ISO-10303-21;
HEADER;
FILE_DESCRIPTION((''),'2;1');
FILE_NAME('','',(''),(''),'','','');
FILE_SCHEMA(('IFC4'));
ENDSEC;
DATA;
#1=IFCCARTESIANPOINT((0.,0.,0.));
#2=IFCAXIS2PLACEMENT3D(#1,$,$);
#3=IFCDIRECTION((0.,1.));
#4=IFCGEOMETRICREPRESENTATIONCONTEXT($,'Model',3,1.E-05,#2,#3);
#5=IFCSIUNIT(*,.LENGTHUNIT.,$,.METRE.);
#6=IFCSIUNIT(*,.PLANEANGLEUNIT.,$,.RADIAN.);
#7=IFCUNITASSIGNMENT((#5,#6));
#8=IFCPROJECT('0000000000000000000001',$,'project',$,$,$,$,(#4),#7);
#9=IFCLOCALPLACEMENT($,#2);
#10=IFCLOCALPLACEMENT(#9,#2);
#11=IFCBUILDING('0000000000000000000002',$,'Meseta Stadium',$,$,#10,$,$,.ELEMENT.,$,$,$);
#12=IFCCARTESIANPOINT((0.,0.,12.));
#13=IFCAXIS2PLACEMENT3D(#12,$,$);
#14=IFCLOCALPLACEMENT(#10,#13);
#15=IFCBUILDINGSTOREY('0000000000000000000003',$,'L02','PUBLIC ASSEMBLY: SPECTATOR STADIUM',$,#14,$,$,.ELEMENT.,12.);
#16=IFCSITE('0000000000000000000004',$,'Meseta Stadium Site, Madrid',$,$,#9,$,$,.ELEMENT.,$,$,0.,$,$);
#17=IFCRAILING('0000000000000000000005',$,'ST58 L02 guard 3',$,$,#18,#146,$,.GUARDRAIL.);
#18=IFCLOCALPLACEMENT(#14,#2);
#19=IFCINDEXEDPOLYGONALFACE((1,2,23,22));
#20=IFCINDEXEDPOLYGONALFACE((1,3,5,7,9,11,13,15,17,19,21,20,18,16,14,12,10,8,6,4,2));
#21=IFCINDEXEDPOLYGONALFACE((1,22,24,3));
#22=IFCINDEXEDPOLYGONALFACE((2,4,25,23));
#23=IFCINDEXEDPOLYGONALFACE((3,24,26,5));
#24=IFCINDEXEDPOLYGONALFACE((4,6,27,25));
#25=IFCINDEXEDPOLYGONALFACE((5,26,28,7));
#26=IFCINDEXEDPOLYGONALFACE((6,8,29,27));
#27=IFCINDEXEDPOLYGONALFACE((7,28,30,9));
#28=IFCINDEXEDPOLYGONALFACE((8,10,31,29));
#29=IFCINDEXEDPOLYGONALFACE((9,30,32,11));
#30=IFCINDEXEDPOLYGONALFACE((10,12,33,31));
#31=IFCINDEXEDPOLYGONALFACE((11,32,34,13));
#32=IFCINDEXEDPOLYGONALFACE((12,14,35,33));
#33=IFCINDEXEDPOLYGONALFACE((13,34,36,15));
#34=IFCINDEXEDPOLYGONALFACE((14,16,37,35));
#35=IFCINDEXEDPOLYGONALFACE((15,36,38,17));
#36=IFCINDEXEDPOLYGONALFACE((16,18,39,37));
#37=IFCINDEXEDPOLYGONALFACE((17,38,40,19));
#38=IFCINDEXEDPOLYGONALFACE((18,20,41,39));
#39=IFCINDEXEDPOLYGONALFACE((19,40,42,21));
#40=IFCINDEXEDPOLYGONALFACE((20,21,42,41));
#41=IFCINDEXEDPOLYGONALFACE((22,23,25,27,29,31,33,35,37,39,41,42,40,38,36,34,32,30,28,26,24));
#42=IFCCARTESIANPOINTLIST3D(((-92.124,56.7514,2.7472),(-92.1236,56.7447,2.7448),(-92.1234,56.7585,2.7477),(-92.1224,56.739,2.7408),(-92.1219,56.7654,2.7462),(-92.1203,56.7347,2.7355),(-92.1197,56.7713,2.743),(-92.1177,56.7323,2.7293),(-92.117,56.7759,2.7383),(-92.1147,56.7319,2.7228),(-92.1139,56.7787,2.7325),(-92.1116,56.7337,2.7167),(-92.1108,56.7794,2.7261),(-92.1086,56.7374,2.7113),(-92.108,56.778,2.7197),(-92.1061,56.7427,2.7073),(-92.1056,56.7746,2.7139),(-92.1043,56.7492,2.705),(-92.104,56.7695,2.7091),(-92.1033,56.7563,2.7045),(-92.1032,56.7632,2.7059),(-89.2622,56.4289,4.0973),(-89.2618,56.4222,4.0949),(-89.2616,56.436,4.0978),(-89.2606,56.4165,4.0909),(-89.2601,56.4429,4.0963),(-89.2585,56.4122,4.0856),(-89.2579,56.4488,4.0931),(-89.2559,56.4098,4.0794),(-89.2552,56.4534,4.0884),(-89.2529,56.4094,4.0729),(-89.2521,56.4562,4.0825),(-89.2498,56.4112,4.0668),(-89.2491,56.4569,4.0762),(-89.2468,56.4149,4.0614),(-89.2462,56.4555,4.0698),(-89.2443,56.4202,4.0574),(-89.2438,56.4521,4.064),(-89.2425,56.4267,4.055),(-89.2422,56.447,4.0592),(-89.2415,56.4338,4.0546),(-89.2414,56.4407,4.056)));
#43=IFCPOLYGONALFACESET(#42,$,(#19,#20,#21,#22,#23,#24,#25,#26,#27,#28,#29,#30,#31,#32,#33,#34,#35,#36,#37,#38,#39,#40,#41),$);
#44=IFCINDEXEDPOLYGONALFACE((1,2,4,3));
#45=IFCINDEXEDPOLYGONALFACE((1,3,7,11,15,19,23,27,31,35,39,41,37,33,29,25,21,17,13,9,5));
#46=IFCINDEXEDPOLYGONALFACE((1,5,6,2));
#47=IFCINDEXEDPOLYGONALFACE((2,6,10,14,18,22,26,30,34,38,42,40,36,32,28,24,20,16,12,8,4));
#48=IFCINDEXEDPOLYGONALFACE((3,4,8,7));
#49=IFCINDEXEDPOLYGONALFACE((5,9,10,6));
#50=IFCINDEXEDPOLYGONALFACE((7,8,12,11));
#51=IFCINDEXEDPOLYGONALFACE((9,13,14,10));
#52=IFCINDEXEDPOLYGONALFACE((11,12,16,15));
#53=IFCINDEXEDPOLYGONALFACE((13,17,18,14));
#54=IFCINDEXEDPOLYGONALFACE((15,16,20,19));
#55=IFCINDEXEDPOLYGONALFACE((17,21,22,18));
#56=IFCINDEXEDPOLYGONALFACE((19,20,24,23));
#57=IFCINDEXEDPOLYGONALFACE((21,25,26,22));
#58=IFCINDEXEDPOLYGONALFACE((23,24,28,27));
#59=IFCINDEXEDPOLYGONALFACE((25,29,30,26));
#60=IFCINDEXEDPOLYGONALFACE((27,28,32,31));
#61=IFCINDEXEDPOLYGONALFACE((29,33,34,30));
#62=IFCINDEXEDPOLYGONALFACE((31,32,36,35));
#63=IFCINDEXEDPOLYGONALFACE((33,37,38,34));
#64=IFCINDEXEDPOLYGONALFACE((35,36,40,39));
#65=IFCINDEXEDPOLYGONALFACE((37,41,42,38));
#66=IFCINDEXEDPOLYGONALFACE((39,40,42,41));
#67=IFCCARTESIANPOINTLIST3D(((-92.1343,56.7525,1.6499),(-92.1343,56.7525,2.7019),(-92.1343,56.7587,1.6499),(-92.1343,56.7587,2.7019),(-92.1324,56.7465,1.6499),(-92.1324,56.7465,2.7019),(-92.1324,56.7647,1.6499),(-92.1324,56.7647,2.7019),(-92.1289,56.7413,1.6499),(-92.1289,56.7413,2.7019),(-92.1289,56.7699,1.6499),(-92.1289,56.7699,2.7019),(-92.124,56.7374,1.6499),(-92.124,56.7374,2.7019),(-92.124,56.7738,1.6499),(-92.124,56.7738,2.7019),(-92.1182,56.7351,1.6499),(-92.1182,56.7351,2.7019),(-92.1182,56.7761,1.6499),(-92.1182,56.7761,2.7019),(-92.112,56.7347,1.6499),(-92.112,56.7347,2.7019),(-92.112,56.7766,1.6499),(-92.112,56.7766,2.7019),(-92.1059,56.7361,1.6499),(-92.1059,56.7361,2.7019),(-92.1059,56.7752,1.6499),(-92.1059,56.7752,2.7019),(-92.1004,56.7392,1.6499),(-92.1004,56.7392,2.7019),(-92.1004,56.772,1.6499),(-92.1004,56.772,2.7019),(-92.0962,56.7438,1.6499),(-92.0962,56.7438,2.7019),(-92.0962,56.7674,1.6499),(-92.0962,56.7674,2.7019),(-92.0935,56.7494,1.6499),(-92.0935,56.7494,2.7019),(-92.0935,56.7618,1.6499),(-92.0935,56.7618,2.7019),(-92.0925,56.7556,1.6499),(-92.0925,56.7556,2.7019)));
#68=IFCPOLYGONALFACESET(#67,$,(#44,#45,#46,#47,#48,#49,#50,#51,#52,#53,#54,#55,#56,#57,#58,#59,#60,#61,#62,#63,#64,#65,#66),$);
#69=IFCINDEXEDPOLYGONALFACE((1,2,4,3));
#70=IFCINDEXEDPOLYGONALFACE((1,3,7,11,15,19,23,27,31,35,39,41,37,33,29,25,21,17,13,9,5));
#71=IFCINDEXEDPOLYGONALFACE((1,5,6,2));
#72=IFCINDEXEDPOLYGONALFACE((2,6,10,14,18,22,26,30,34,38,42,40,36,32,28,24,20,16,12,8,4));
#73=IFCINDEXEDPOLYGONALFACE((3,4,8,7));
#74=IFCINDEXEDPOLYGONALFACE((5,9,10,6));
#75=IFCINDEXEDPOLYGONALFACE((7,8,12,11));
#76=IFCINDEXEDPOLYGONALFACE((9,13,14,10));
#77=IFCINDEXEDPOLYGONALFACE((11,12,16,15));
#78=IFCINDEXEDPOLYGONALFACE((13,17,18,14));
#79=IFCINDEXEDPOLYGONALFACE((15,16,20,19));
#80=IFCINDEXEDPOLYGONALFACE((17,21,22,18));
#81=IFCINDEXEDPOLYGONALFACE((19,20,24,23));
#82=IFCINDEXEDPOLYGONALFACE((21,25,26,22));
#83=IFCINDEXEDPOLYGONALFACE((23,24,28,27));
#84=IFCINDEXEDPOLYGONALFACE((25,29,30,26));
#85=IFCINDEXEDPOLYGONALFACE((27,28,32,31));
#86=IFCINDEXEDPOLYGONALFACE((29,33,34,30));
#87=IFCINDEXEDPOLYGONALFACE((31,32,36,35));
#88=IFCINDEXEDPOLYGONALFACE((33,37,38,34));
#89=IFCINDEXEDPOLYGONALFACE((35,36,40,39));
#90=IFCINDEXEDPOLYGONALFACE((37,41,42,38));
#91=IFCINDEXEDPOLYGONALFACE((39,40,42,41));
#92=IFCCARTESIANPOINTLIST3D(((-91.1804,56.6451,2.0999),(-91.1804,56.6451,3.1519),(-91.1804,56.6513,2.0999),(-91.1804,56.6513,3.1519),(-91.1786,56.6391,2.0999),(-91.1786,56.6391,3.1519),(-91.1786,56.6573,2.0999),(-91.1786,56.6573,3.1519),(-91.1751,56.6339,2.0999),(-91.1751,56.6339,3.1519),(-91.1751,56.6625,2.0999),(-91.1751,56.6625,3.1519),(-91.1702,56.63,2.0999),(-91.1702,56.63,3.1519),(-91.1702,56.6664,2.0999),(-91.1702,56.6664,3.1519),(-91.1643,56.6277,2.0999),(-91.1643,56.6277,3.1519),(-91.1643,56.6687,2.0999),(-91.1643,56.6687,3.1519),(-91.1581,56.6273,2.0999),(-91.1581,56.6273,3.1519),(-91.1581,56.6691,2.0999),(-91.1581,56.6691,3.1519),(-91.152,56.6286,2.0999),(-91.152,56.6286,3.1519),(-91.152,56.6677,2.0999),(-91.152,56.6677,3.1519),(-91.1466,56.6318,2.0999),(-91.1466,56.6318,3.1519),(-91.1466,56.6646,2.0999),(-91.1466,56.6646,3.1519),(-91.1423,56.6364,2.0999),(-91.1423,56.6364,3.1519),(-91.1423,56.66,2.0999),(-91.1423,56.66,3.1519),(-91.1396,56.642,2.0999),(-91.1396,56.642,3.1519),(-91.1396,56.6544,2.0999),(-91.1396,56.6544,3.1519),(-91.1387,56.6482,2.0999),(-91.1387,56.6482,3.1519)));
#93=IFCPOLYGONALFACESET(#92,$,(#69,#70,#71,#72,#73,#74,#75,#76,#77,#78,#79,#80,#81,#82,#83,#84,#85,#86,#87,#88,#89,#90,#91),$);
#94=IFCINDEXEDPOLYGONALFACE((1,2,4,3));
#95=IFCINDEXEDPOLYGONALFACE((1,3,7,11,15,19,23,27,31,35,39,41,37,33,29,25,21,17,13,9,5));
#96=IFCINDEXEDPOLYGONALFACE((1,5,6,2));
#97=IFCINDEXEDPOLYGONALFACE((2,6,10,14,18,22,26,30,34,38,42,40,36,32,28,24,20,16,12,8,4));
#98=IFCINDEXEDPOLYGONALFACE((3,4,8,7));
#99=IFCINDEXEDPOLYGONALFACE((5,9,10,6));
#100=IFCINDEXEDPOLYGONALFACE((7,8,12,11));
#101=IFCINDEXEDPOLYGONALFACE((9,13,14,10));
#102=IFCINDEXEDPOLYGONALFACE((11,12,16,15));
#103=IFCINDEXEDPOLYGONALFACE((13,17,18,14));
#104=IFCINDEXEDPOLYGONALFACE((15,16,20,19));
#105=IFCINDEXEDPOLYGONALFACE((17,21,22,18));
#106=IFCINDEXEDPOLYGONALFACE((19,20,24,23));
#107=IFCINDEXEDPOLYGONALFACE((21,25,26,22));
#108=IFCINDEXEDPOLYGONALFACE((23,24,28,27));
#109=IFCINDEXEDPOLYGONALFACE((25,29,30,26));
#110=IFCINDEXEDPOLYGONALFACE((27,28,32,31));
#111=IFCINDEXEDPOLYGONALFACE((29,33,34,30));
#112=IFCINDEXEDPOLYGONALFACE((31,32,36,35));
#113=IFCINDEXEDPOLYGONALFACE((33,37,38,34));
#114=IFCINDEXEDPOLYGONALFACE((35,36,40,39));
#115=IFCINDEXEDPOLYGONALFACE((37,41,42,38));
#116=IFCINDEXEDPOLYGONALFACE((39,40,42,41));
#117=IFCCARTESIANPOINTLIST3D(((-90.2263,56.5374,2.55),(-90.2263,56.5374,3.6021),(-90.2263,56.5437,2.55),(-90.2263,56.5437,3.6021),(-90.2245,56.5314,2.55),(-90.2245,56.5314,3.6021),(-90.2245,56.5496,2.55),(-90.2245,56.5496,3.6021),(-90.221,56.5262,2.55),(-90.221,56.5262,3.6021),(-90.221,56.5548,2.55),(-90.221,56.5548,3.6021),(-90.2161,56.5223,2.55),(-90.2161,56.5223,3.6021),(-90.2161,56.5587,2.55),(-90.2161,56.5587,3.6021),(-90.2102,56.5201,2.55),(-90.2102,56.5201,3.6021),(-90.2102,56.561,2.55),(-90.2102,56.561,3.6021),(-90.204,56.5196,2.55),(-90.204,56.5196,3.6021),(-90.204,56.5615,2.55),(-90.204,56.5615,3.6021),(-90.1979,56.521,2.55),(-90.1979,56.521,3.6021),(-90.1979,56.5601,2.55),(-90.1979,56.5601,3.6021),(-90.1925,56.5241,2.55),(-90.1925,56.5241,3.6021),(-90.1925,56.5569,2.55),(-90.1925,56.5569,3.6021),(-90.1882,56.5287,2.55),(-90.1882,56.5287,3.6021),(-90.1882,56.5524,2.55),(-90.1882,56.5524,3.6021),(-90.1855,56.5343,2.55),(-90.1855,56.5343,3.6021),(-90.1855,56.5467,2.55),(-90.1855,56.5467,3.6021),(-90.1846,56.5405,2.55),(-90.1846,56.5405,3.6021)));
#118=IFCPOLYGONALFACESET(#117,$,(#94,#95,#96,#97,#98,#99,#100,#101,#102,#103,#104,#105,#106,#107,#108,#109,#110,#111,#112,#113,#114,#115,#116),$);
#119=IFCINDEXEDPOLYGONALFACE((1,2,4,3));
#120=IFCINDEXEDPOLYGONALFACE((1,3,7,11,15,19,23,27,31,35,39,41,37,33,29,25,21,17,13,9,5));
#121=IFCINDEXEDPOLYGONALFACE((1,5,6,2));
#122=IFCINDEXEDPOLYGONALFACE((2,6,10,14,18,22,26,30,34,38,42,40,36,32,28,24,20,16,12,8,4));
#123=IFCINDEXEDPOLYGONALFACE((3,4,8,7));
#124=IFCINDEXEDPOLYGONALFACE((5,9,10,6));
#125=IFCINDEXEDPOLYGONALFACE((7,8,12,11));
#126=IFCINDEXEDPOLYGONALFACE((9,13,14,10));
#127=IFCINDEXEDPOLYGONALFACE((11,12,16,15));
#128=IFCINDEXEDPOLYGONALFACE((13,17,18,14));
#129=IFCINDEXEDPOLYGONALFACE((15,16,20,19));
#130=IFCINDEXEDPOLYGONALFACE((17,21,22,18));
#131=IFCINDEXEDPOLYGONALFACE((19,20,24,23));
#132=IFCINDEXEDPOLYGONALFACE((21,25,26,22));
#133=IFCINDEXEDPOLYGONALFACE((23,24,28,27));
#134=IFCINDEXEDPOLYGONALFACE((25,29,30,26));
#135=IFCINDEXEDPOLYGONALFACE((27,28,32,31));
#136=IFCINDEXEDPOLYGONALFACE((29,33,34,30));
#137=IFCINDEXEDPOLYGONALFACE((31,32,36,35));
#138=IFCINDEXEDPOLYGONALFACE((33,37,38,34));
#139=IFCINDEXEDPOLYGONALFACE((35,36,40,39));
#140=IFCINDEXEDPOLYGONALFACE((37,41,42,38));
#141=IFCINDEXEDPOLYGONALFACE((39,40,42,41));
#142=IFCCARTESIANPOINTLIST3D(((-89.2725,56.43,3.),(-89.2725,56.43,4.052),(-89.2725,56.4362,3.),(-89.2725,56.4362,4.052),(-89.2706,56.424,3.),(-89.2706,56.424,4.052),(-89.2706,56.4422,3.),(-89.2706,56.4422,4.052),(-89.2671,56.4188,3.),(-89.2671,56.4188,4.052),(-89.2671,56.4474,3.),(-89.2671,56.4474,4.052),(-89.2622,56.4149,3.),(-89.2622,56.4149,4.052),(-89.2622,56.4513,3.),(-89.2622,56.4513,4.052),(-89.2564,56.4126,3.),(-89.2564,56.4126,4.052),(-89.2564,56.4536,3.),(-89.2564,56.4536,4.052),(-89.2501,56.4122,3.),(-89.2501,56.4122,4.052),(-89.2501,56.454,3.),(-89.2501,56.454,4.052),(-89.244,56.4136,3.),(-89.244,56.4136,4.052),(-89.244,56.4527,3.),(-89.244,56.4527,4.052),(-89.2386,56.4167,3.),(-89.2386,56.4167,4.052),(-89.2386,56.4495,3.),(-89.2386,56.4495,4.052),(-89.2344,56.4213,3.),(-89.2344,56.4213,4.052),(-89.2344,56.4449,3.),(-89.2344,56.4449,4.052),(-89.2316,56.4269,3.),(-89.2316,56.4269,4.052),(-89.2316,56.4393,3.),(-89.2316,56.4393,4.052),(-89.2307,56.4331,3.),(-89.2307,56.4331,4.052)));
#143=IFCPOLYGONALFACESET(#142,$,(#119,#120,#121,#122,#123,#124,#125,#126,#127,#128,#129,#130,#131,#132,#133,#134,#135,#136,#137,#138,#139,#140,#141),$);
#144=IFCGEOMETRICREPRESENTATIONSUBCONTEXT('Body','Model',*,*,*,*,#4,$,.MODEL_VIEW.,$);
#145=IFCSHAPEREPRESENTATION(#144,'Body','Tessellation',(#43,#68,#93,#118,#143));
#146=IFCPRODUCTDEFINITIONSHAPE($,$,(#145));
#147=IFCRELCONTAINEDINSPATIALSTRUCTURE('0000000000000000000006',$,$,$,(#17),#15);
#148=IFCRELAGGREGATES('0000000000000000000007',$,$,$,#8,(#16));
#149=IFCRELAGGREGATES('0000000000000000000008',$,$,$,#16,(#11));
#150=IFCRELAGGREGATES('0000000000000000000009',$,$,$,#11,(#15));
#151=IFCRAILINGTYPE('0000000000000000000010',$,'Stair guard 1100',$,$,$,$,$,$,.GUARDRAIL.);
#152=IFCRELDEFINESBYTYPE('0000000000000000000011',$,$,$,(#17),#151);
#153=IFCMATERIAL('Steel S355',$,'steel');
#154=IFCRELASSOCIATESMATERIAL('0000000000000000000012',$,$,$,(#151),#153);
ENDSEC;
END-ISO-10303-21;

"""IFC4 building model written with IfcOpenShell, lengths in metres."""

from ifc_helpers import new_model, si_unit, direction, frame, origin, origin_2d, place, context, subcontext, project, spatial, circle, extrude, material, type_object, element, save


model = new_model("IFC4")

# Units and contexts
model_context = context("Model", 3, precision=1e-05, world=origin(), true_north=direction((0.0, 1.0)))
body_context = subcontext(model_context, "Body", "Model", "MODEL_VIEW")
ifc_project = project(units=[si_unit("LENGTHUNIT", "METRE"), si_unit("PLANEANGLEUNIT", "RADIAN")], contexts=[model_context])

# Site, building, storey
site_placement = place(None, origin())
site = spatial("IfcSite", under=ifc_project, at=site_placement, Name="Meseta Stadium Site, Madrid", CompositionType="ELEMENT", RefElevation=0.0)
building_placement = place(site_placement, origin())
building = spatial("IfcBuilding", under=site, at=building_placement, Name="Meseta Stadium", CompositionType="ELEMENT")
storey_placement = place(building_placement, frame((0.0, 0.0, 12.0)))
storey = spatial("IfcBuildingStorey", under=building, at=storey_placement, Name="L02", Description="PUBLIC ASSEMBLY: SPECTATOR STADIUM", CompositionType="ELEMENT", Elevation=12.0)

# Railing
ifc_material_1 = material(Name="Steel S355", Category="steel")
railing_type_1 = type_object("IfcRailingType", Name="Stair guard 1100", PredefinedType="GUARDRAIL", material=ifc_material_1)
railing_1_placement = place(storey_placement, frame((-92.1135, 56.7556, 1.6499)))
element("IfcRailing", 1, at=railing_1_placement, inside=storey, type_object=railing_type_1, Name="ST58 L02 guard 3", PredefinedType="GUARDRAIL", context=body_context, shape_type="SweptSolid", body=[
    extrude(circle(Radius=0.0239, at=origin_2d()), frame((0.0, 0.0, 1.0762), z_axis=(0.899748, -0.101396, 0.424467), x_axis=(0.111985, 0.99371, 0.0)), (0.0, 0.0, 1.0), 3.1807),
    extrude(circle(Radius=0.021, at=origin_2d()), origin(), (0.0, 0.0, 1.0), 1.052),
    extrude(circle(Radius=0.021, at=origin_2d()), frame((0.9539, -0.1074, 0.45)), (0.0, 0.0, 1.0), 1.052),
    extrude(circle(Radius=0.021, at=origin_2d()), frame((1.908, -0.2151, 0.9001)), (0.0, 0.0, 1.0), 1.052),
    extrude(circle(Radius=0.021, at=origin_2d()), frame((2.8618, -0.3225, 1.3501)), (0.0, 0.0, 1.0), 1.052),
])

save(model, "model.ifc")
